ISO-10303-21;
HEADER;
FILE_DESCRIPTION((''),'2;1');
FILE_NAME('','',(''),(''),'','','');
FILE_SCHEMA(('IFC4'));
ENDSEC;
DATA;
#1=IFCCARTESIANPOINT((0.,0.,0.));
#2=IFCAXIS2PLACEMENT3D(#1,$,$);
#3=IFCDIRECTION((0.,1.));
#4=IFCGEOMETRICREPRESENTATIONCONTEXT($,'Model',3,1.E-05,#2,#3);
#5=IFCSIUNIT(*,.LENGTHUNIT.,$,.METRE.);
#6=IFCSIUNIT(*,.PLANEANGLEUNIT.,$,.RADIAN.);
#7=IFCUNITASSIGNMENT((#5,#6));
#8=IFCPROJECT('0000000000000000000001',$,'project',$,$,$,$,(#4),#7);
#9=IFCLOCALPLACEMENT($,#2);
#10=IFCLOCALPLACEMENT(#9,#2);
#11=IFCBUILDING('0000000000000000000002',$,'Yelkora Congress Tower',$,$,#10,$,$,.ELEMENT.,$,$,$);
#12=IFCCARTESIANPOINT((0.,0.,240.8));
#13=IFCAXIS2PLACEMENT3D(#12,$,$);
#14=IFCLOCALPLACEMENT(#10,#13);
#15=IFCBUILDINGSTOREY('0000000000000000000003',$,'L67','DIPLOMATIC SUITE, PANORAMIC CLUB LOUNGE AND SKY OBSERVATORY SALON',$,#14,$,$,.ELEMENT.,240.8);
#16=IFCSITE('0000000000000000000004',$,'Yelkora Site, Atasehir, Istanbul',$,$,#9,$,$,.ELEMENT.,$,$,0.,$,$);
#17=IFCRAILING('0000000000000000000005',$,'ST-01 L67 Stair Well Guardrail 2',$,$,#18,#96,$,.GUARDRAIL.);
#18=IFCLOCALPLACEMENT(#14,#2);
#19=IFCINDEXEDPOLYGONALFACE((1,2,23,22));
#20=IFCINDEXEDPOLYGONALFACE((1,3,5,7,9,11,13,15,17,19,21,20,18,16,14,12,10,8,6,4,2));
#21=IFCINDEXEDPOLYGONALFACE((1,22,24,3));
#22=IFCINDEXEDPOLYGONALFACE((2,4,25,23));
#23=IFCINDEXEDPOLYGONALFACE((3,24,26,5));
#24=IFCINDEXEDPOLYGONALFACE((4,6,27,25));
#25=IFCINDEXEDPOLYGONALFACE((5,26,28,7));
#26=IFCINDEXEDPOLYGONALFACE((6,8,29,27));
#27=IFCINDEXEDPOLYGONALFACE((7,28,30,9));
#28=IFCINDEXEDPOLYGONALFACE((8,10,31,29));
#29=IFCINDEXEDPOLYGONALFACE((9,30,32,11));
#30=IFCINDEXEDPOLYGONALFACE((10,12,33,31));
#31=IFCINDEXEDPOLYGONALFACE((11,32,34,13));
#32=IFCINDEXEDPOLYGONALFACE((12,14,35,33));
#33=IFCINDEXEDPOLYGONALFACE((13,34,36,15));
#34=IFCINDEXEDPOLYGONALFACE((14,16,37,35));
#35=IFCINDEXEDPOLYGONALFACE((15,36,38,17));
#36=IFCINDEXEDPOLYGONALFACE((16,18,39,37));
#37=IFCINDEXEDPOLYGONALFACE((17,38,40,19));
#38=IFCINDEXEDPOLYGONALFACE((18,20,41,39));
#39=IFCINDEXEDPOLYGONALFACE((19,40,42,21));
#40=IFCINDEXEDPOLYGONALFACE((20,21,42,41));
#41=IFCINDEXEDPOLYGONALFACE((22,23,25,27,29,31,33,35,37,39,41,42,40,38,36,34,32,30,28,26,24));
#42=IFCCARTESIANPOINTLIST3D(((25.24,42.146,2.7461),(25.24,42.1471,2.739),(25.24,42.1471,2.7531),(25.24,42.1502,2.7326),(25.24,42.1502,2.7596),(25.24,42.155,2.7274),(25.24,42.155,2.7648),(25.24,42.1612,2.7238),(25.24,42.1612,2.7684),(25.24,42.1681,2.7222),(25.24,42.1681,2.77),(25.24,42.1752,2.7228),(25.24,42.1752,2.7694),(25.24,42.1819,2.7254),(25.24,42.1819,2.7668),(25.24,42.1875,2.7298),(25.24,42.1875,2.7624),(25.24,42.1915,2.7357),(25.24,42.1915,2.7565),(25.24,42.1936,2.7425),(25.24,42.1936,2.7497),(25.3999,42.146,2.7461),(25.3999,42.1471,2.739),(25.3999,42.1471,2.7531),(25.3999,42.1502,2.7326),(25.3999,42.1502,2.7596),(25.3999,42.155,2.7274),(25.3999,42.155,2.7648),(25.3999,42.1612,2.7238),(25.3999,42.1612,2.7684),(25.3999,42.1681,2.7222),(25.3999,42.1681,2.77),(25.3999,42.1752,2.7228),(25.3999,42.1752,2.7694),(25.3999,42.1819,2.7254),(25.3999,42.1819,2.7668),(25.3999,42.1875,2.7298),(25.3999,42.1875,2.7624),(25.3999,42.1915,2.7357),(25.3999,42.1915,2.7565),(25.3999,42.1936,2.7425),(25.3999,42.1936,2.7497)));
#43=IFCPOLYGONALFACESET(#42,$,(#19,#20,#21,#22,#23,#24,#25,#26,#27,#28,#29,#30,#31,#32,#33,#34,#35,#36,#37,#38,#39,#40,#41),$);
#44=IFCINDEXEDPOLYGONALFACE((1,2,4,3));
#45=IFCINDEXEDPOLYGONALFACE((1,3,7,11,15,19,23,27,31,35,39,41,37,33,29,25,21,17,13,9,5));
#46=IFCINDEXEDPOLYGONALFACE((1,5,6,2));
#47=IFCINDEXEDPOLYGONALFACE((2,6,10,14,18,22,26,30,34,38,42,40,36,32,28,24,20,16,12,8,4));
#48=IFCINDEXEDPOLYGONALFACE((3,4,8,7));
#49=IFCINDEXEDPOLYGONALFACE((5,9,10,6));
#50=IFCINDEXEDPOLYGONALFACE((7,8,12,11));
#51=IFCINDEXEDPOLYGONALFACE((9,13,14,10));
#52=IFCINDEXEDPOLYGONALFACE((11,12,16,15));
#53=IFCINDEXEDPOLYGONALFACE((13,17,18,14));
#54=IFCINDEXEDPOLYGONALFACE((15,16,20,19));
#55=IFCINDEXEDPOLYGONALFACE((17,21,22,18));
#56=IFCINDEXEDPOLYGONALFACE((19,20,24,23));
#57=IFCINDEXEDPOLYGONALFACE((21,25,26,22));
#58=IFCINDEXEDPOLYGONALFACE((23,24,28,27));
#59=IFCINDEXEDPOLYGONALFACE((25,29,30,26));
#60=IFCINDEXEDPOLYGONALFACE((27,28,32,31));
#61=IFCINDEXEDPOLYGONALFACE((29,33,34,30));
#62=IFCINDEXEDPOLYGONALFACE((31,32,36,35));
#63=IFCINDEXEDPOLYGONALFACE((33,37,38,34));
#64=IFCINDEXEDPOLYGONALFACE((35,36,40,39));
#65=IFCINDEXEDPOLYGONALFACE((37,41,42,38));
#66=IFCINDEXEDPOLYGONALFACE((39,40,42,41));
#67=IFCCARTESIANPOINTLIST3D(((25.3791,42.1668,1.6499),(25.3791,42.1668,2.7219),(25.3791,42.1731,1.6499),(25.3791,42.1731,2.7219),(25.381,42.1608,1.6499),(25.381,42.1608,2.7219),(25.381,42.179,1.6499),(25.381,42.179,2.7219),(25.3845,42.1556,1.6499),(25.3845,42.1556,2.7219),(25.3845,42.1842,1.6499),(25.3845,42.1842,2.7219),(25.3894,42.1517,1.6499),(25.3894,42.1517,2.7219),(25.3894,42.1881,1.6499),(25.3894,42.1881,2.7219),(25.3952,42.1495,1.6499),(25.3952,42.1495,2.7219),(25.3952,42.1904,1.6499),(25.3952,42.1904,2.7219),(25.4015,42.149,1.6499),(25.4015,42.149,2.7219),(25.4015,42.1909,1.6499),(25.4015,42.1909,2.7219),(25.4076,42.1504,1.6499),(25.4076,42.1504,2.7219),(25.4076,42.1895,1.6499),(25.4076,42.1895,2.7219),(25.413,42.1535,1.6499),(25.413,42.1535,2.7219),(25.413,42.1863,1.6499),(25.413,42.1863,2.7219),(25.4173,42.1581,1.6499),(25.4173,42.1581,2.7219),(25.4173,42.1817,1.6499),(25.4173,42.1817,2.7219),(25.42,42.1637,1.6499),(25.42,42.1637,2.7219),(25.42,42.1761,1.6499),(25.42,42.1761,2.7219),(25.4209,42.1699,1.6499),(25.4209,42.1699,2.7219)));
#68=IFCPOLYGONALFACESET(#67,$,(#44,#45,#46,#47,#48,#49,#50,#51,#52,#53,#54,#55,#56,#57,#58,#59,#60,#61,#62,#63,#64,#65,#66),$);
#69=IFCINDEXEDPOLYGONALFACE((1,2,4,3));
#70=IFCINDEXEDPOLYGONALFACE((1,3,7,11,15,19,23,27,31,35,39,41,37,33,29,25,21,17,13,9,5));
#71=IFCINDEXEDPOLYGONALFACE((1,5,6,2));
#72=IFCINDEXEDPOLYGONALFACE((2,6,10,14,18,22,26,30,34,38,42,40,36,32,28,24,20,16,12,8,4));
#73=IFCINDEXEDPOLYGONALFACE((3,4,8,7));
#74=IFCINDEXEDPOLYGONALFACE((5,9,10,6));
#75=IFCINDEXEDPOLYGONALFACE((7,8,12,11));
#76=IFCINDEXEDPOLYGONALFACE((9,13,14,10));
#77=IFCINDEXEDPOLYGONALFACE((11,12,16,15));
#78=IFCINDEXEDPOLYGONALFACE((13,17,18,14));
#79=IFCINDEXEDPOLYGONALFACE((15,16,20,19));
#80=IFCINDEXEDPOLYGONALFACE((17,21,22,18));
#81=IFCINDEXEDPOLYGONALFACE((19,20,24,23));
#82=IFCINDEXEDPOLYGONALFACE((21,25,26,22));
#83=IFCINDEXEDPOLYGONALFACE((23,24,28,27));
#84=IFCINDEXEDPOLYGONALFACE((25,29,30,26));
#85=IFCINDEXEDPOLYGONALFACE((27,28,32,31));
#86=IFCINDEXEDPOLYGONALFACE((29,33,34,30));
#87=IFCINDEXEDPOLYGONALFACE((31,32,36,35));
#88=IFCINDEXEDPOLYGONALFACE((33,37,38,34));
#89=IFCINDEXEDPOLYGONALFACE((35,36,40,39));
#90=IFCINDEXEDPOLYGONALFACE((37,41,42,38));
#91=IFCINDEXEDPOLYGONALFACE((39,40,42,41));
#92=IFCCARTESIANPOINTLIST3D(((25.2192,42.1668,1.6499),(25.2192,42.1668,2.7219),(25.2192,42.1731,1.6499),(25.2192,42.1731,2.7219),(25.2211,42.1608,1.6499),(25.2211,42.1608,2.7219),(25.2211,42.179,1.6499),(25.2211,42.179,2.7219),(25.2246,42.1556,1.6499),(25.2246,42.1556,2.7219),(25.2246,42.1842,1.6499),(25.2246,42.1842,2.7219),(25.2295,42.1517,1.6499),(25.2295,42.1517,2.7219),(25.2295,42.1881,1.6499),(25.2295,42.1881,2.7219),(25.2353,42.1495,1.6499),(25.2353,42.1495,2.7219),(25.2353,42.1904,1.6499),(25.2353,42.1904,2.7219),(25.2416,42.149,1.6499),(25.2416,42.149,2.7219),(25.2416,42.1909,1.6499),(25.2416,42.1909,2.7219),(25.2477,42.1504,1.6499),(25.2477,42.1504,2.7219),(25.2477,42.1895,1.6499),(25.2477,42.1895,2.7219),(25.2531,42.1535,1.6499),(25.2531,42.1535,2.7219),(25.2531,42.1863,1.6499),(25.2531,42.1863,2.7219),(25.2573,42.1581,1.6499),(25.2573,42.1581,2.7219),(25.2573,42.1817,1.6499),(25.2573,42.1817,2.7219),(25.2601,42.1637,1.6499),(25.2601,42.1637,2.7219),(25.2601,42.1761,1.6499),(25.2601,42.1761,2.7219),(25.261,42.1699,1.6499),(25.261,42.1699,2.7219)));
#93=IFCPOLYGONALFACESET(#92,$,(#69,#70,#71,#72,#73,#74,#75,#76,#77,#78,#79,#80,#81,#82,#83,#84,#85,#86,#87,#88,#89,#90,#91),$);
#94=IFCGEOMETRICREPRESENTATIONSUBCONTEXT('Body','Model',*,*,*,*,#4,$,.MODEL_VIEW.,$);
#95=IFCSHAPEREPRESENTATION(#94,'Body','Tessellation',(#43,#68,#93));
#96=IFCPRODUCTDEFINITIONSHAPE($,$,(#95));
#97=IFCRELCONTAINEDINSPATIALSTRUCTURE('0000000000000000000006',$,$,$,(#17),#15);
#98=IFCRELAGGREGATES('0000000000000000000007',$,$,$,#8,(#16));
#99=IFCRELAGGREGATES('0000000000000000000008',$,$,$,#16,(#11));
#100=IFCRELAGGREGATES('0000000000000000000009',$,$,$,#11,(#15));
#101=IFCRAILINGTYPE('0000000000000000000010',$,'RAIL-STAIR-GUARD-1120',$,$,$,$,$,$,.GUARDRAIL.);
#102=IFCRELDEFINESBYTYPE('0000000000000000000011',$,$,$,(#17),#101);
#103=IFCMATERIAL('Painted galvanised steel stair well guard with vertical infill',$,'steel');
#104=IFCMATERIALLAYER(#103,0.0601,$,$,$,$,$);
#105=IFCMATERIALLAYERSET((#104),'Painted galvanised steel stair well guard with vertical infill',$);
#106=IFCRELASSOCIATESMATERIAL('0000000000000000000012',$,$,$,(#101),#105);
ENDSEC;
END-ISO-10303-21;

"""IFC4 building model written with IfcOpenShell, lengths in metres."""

from ifc_helpers import new_model, si_unit, direction, frame, origin, origin_2d, place, context, subcontext, project, spatial, circle, extrude, material, layer, layer_set, type_object, element, save


model = new_model("IFC4")

# Units and contexts
model_context = context("Model", 3, precision=1e-05, world=origin(), true_north=direction((0.0, 1.0)))
body_context = subcontext(model_context, "Body", "Model", "MODEL_VIEW")
ifc_project = project(units=[si_unit("LENGTHUNIT", "METRE"), si_unit("PLANEANGLEUNIT", "RADIAN")], contexts=[model_context])

# Site, building, storey
site_placement = place(None, origin())
site = spatial("IfcSite", under=ifc_project, at=site_placement, Name="Yelkora Site, Atasehir, Istanbul", CompositionType="ELEMENT", RefElevation=0.0)
building_placement = place(site_placement, origin())
building = spatial("IfcBuilding", under=site, at=building_placement, Name="Yelkora Congress Tower", CompositionType="ELEMENT")
storey_placement = place(building_placement, frame((0.0, 0.0, 240.8)))
storey = spatial("IfcBuildingStorey", under=building, at=storey_placement, Name="L67", Description="DIPLOMATIC SUITE, PANORAMIC CLUB LOUNGE AND SKY OBSERVATORY SALON", CompositionType="ELEMENT", Elevation=240.8)

# Railing
ifc_material_1 = material(Name="Painted galvanised steel stair well guard with vertical infill", Category="steel")
ifc_layer_1 = layer(ifc_material_1, 0.0601)
ifc_layer_set_1 = layer_set([ifc_layer_1], Name="Painted galvanised steel stair well guard with vertical infill")
railing_type = type_object("IfcRailingType", Name="RAIL-STAIR-GUARD-1120", PredefinedType="GUARDRAIL", material=ifc_layer_set_1)
railing_1_placement = place(storey_placement, frame((25.3999, 42.1699, 1.6499)))
element("IfcRailing", 1, at=railing_1_placement, inside=storey, type_object=railing_type, Name="ST-01 L67 Stair Well Guardrail 2", PredefinedType="GUARDRAIL", context=body_context, shape_type="SweptSolid", body=[
    extrude(circle(Radius=0.0239, at=origin_2d()), frame((0.0, 0.0, 1.0962), z_axis=(-1.0, 0.0, 0.0), x_axis=(0.0, -1.0, 0.0)), (0.0, 0.0, 1.0), 0.1599),
    extrude(circle(Radius=0.021, at=origin_2d()), origin(), (0.0, 0.0, 1.0), 1.072),
    extrude(circle(Radius=0.021, at=origin_2d()), frame((-0.1599, 0.0, 0.0)), (0.0, 0.0, 1.0), 1.072),
])

save(model, "model.ifc")
